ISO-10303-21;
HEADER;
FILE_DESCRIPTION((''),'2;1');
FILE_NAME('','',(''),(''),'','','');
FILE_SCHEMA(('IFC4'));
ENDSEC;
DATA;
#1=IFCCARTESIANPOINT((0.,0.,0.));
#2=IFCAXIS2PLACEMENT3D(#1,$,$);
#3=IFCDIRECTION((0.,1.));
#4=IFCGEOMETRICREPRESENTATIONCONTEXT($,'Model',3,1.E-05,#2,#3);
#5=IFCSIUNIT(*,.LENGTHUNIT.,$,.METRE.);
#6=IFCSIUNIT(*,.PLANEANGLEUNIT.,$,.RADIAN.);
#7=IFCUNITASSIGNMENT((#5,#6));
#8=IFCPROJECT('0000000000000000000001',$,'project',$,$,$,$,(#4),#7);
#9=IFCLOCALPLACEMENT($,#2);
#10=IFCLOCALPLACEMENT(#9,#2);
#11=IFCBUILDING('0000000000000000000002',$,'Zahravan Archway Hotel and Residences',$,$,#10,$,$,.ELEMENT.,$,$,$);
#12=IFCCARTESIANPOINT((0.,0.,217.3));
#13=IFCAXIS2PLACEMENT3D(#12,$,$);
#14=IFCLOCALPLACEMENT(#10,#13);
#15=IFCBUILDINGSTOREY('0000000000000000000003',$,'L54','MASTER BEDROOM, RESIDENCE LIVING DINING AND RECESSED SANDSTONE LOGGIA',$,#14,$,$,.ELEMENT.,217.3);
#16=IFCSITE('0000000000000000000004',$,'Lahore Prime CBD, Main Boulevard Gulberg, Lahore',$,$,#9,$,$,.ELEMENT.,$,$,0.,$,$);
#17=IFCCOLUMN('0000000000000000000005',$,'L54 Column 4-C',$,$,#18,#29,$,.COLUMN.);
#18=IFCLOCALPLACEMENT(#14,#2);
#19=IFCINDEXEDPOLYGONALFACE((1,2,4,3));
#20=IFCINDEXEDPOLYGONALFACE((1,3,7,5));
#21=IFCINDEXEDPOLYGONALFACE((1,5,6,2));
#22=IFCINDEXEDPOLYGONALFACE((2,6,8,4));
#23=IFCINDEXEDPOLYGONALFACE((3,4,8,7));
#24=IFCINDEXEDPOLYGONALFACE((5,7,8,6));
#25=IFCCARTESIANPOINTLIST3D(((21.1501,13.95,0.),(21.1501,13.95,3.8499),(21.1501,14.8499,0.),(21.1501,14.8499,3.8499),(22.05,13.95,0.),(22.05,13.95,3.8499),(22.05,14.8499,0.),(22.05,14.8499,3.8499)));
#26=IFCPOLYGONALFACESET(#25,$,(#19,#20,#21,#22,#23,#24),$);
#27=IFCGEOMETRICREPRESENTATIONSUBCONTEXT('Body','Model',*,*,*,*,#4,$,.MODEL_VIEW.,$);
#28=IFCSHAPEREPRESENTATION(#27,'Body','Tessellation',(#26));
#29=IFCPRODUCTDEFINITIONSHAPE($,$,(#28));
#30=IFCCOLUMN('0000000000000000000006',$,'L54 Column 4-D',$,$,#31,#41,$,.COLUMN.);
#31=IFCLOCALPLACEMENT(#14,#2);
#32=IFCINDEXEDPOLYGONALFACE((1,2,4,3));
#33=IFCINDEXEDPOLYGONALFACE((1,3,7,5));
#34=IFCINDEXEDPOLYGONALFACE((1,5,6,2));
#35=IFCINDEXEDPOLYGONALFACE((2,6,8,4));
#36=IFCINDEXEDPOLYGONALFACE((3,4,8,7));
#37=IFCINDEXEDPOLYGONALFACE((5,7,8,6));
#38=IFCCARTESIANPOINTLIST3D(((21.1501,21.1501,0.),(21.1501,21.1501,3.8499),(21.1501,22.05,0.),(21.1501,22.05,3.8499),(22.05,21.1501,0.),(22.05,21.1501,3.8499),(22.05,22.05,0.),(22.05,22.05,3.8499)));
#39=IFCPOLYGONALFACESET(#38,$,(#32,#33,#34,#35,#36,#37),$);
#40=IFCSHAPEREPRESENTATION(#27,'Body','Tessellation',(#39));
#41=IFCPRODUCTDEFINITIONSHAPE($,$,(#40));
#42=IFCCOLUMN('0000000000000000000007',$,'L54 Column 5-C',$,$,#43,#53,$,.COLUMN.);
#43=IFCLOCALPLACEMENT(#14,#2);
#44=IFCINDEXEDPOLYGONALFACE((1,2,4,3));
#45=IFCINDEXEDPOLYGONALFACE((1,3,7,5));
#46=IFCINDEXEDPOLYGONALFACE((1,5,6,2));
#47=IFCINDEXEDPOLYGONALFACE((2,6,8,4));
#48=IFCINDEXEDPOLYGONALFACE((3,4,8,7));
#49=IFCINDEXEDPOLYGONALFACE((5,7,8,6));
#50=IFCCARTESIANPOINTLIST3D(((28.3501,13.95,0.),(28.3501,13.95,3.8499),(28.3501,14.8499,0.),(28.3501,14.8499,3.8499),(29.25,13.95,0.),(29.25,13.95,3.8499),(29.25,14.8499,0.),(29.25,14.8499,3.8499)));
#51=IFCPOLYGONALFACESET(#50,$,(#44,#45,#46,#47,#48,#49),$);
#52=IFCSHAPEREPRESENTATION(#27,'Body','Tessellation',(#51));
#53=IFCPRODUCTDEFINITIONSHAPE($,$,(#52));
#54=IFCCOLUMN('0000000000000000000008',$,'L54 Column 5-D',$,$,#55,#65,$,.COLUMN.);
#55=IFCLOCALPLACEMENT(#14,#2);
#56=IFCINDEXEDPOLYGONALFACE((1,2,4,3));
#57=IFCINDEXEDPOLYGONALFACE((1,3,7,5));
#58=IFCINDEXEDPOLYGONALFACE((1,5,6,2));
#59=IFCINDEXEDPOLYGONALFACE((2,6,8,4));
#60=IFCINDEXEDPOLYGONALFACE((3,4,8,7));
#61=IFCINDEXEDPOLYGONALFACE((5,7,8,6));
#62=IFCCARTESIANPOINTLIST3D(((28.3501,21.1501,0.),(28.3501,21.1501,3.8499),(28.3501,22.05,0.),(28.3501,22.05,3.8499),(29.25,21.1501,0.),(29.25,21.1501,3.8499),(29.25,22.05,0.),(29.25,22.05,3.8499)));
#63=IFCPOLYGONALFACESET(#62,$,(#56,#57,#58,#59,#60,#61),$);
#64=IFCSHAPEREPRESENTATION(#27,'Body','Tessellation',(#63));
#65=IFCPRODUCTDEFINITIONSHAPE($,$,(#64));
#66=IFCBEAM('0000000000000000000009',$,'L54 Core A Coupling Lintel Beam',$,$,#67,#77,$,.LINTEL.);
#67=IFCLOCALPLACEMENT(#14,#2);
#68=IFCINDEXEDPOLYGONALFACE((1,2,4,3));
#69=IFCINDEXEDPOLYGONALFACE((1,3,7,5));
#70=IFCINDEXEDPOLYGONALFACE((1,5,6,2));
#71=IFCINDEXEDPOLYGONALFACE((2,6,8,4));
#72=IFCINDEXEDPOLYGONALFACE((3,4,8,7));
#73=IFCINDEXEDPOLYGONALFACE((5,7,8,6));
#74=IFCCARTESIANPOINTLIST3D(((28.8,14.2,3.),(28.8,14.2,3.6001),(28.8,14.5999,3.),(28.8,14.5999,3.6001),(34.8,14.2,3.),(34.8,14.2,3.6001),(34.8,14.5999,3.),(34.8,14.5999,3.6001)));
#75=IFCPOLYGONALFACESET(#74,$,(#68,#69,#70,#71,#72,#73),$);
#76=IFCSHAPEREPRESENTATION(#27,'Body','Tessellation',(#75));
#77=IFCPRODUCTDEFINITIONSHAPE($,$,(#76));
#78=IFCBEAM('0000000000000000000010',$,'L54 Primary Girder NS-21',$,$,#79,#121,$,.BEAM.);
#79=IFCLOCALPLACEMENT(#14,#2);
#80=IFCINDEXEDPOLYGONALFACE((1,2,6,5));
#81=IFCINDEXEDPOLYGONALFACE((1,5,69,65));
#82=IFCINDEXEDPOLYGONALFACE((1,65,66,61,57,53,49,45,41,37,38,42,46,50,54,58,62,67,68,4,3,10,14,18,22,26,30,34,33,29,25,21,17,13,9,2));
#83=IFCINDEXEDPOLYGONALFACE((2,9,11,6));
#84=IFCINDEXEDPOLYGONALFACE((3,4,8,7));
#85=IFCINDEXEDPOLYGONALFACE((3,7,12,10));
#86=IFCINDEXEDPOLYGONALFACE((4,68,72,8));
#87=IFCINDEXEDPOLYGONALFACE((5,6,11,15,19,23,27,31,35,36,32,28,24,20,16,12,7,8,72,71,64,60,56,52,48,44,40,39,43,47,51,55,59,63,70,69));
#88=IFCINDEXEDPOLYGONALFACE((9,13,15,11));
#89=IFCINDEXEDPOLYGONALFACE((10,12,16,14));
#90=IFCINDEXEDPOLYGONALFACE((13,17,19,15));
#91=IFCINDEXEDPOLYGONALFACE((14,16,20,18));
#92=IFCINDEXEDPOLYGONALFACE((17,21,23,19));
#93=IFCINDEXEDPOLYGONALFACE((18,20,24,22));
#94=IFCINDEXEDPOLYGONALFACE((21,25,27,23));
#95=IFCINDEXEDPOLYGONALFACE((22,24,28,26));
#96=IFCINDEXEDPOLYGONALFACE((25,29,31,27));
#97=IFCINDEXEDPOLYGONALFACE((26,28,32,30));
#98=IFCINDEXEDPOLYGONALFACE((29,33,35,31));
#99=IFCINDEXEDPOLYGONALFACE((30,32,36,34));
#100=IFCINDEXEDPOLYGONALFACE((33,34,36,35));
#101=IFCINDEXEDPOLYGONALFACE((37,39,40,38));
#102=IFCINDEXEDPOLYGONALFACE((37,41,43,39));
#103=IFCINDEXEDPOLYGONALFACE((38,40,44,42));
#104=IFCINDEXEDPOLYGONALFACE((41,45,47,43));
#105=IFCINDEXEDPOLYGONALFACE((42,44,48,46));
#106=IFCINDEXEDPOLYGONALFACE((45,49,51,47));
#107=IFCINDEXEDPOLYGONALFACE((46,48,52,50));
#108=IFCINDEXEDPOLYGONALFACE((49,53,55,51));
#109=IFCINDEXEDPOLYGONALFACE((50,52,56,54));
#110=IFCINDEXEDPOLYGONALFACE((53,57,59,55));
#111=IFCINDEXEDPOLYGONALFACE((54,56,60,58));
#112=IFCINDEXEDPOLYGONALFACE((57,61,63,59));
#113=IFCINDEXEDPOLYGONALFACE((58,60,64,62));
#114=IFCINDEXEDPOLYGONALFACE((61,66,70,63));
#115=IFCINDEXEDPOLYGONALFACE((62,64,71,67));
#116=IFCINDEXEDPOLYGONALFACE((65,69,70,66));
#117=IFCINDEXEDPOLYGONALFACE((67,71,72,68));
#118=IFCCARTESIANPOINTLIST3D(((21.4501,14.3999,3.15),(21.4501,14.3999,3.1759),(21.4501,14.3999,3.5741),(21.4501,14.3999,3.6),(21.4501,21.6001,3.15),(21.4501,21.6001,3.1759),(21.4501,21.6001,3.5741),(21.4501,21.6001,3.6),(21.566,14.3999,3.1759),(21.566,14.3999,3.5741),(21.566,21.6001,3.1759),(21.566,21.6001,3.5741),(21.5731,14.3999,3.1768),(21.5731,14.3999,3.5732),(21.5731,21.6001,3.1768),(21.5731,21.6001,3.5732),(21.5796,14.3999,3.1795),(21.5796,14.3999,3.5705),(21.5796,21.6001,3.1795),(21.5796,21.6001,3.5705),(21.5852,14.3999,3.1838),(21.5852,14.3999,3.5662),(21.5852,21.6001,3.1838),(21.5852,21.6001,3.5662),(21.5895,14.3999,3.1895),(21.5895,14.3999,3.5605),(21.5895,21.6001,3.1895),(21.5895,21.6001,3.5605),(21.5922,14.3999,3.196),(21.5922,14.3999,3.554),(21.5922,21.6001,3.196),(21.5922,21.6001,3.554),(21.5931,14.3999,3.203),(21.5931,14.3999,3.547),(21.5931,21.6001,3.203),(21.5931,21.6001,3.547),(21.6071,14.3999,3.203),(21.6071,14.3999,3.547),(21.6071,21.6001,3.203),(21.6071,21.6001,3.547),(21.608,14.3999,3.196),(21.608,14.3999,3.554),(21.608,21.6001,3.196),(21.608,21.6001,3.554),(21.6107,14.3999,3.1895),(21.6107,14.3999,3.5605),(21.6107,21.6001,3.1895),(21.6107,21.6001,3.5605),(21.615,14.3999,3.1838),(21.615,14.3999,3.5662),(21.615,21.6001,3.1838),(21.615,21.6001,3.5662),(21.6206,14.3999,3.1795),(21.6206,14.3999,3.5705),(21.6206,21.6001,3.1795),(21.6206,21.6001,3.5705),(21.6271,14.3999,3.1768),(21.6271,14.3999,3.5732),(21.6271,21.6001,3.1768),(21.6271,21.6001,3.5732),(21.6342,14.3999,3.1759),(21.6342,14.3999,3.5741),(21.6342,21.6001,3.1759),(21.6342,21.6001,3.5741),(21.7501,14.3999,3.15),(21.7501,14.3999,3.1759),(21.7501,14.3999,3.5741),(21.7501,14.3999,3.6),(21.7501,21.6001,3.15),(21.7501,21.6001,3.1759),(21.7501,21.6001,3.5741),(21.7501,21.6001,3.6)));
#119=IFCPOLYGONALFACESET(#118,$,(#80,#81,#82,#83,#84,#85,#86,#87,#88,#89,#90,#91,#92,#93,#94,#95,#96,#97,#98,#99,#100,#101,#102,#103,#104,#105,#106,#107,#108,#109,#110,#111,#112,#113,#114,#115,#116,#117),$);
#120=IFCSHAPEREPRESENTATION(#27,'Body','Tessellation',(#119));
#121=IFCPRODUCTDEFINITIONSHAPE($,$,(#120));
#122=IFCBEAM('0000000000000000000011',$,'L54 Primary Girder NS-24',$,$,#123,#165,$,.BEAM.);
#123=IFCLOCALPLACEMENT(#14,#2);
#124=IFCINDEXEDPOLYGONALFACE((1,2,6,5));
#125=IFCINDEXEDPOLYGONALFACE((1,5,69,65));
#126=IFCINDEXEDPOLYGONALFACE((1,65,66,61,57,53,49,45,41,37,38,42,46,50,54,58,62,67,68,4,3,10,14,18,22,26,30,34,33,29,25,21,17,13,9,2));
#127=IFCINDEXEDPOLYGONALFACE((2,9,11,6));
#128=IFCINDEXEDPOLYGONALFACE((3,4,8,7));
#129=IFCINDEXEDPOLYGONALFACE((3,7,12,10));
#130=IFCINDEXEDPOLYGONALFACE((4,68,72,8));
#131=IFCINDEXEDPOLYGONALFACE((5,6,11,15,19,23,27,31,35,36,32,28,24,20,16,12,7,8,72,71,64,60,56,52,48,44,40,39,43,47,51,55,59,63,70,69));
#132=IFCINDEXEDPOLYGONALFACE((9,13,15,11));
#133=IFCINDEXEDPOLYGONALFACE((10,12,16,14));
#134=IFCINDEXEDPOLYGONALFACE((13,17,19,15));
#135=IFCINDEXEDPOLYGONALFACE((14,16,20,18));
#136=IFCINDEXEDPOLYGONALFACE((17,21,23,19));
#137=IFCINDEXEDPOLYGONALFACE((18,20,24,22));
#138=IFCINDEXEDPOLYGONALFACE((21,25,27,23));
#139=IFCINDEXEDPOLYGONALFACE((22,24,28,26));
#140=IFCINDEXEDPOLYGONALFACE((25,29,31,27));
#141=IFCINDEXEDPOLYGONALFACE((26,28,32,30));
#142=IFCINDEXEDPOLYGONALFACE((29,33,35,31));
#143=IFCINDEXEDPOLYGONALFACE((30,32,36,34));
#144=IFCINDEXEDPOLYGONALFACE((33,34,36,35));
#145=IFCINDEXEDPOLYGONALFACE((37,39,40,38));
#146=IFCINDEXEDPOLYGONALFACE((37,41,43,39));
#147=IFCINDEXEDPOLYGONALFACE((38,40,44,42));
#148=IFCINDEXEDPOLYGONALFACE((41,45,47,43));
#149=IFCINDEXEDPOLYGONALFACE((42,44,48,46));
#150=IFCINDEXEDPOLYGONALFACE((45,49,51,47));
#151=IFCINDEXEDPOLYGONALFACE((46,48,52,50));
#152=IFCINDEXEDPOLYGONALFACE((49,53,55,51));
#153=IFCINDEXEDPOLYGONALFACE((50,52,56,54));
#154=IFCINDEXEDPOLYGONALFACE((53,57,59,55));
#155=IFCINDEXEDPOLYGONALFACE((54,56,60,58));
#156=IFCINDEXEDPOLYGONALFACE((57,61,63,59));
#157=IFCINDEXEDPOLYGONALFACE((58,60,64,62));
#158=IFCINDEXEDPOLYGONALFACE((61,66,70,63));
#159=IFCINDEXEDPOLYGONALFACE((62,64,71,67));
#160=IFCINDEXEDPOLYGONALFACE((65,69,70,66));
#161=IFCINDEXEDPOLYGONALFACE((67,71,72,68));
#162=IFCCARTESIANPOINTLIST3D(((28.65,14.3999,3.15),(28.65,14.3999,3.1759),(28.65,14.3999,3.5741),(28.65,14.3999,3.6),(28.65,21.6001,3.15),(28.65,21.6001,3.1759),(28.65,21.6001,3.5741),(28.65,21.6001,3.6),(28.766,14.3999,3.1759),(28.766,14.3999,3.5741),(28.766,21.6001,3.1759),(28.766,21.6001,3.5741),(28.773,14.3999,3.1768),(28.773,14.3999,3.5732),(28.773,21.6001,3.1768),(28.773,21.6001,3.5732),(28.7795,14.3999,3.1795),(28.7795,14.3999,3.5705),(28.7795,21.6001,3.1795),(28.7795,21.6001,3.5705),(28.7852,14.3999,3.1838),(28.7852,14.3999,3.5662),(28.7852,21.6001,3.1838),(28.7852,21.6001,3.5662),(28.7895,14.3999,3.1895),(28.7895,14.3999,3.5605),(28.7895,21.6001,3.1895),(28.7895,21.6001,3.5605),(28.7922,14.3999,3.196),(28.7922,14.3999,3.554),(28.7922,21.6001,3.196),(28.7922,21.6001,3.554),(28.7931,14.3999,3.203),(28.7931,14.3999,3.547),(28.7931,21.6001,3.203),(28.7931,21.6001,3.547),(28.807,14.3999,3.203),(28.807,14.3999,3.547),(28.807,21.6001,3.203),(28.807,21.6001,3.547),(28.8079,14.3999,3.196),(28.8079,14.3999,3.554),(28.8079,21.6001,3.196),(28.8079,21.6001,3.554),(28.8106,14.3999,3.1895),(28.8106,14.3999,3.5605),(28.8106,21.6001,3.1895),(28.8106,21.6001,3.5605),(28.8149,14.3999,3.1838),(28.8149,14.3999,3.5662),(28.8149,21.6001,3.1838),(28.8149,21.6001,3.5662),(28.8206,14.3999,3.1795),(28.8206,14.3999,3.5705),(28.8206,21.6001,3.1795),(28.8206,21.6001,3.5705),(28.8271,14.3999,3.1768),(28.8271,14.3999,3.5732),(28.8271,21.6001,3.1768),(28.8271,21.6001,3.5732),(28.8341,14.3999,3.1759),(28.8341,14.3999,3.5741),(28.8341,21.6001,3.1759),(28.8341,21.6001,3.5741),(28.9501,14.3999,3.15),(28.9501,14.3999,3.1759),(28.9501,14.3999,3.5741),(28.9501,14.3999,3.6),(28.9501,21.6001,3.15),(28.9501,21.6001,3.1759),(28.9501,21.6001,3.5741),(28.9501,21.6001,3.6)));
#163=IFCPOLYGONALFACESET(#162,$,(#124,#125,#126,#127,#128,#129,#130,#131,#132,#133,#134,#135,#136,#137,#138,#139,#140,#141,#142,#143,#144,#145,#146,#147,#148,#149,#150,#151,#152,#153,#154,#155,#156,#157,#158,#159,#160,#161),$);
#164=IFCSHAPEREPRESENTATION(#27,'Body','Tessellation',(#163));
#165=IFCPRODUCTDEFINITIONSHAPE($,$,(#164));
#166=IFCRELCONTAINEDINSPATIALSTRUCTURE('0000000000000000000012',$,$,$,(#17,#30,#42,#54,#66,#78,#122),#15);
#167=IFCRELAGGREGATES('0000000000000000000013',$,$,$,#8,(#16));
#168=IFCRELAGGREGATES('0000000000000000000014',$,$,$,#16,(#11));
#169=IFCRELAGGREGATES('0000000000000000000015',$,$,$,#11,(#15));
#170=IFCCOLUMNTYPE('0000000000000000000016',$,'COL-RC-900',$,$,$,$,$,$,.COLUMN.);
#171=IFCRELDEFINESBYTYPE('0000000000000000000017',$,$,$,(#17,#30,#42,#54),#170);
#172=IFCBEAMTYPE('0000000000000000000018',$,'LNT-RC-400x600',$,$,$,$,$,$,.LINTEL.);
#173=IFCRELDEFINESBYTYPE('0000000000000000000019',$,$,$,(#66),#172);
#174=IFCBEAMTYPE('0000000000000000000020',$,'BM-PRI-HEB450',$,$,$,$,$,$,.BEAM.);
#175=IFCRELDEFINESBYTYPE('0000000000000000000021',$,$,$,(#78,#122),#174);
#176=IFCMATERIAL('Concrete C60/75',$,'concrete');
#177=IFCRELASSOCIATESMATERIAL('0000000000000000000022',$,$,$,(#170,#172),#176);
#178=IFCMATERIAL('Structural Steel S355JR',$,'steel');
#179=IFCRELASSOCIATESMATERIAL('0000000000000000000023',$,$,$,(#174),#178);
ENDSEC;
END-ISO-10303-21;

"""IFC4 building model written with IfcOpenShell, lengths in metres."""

from ifc_helpers import new_model, si_unit, direction, frame, origin, origin_2d, place, context, subcontext, project, spatial, rectangle, i_section, extrude, source, transform, mapped, material, material_profile, profile_set, type_object, type_shapes, element, save


model = new_model("IFC4")

# Units and contexts
model_context = context("Model", 3, precision=1e-05, world=origin(), true_north=direction((0.0, 1.0)))
body_context = subcontext(model_context, "Body", "Model", "MODEL_VIEW")
ifc_project = project(units=[si_unit("LENGTHUNIT", "METRE"), si_unit("PLANEANGLEUNIT", "RADIAN")], contexts=[model_context])

# Site, building, storey
site_placement = place(None, origin())
site = spatial("IfcSite", under=ifc_project, at=site_placement, Name="Lahore Prime CBD, Main Boulevard Gulberg, Lahore", CompositionType="ELEMENT", RefElevation=0.0)
building_placement = place(site_placement, origin())
building = spatial("IfcBuilding", under=site, at=building_placement, Name="Zahravan Archway Hotel and Residences", CompositionType="ELEMENT")
storey_placement = place(building_placement, frame((0.0, 0.0, 217.3)))
storey = spatial("IfcBuildingStorey", under=building, at=storey_placement, Name="L54", Description="MASTER BEDROOM, RESIDENCE LIVING DINING AND RECESSED SANDSTONE LOGGIA", CompositionType="ELEMENT", Elevation=217.3)

# Columns
ifc_material_1 = material(Name="Concrete C60/75", Category="concrete")
ifc_material_profile_1 = material_profile(ifc_material_1, rectangle(XDim=0.8999, YDim=0.8999, at=origin_2d()), Name="RC-COL-900x900", Category="concrete")
ifc_profile_set_1 = profile_set([ifc_material_profile_1], Name="Concrete C60/75")
column_type = type_object("IfcColumnType", Name="COL-RC-900", PredefinedType="COLUMN", material=ifc_profile_set_1)
shared_shape_1 = source(origin(), body_context, "Body", "SweptSolid", [
    extrude(rectangle(XDim=0.8999, YDim=0.8999, at=origin_2d()), origin(), (0.0, 0.0, 1.0), 3.8499),
])
for number, where, z_axis, x_axis, name in (
    (1, (21.6001, 14.3999, 0.0), (0.0, 0.0, 1.0), (1.0, 0.0, 0.0), "L54 Column 4-C"),
    (2, (21.6001, 21.6001, 0.0), (0.0, 0.0, 1.0), (1.0, 0.0, 0.0), "L54 Column 4-D"),
    (3, (28.8, 14.3999, 0.0), (0.0, 0.0, 1.0), (1.0, 0.0, 0.0), "L54 Column 5-C"),
    (4, (28.8, 21.6001, 0.0), (0.0, 0.0, 1.0), (1.0, 0.0, 0.0), "L54 Column 5-D"),
):
    element("IfcColumn", number, at=place(storey_placement, frame(where, z_axis=z_axis, x_axis=x_axis)), inside=storey, type_object=column_type, Name=name, PredefinedType="COLUMN", context=body_context, shape_type="MappedRepresentation", body=[
        mapped(shared_shape_1, transform((0.0, 0.0, 0.0), scale=1.0)),
    ])

# Beams
ifc_material_profile_2 = material_profile(ifc_material_1, rectangle(XDim=0.3999, YDim=0.6001, at=origin_2d()), Name="RC-LNT-400x600", Category="concrete")
ifc_profile_set_2 = profile_set([ifc_material_profile_2], Name="Concrete C60/75")
beam_type_1 = type_object("IfcBeamType", Name="LNT-RC-400x600", PredefinedType="LINTEL", material=ifc_profile_set_2)
shared_shape_2 = source(origin(), body_context, "Body", "SweptSolid", [
    extrude(rectangle(XDim=0.3999, YDim=0.6001, at=origin_2d()), origin(), (0.0, 0.0, 1.0), 6.0),
])
type_shapes(beam_type_1, [shared_shape_2])
beam_1_placement = place(storey_placement, frame((28.8, 14.3999, 3.3), z_axis=(1.0, 0.0, 0.0), x_axis=(0.0, 1.0, 0.0)))
element("IfcBeam", 5, at=beam_1_placement, inside=storey, type_object=beam_type_1, Name="L54 Core A Coupling Lintel Beam", PredefinedType="LINTEL", context=body_context, shape_type="MappedRepresentation", body=[
    mapped(shared_shape_2, transform((0.0, 0.0, 0.0), scale=1.0)),
])
ifc_material_2 = material(Name="Structural Steel S355JR", Category="steel")
ifc_material_profile_3 = material_profile(ifc_material_2, i_section(OverallWidth=0.3, OverallDepth=0.45, WebThickness=0.0139, FlangeThickness=0.0259, FilletRadius=0.0271, at=origin_2d()), Name="HEB 450", Category="steel")
ifc_profile_set_3 = profile_set([ifc_material_profile_3], Name="Structural Steel S355JR")
beam_type_2 = type_object("IfcBeamType", Name="BM-PRI-HEB450", PredefinedType="BEAM", material=ifc_profile_set_3)
shared_shape_3 = source(origin(), body_context, "Body", "SweptSolid", [
    extrude(i_section(OverallWidth=0.3, OverallDepth=0.45, WebThickness=0.0139, FlangeThickness=0.0259, FilletRadius=0.0271, at=origin_2d()), origin(), (0.0, 0.0, 1.0), 7.2002),
])
type_shapes(beam_type_2, [shared_shape_3])
for number, where, z_axis, x_axis, name in (
    (6, (21.6001, 14.3999, 3.375), (0.0, 1.0, 0.0), (-1.0, 0.0, 0.0), "L54 Primary Girder NS-21"),
    (7, (28.8, 14.3999, 3.375), (0.0, 1.0, 0.0), (-1.0, 0.0, 0.0), "L54 Primary Girder NS-24"),
):
    element("IfcBeam", number, at=place(storey_placement, frame(where, z_axis=z_axis, x_axis=x_axis)), inside=storey, type_object=beam_type_2, Name=name, PredefinedType="BEAM", context=body_context, shape_type="MappedRepresentation", body=[
        mapped(shared_shape_3, transform((0.0, 0.0, 0.0), scale=1.0)),
    ])

save(model, "model.ifc")
